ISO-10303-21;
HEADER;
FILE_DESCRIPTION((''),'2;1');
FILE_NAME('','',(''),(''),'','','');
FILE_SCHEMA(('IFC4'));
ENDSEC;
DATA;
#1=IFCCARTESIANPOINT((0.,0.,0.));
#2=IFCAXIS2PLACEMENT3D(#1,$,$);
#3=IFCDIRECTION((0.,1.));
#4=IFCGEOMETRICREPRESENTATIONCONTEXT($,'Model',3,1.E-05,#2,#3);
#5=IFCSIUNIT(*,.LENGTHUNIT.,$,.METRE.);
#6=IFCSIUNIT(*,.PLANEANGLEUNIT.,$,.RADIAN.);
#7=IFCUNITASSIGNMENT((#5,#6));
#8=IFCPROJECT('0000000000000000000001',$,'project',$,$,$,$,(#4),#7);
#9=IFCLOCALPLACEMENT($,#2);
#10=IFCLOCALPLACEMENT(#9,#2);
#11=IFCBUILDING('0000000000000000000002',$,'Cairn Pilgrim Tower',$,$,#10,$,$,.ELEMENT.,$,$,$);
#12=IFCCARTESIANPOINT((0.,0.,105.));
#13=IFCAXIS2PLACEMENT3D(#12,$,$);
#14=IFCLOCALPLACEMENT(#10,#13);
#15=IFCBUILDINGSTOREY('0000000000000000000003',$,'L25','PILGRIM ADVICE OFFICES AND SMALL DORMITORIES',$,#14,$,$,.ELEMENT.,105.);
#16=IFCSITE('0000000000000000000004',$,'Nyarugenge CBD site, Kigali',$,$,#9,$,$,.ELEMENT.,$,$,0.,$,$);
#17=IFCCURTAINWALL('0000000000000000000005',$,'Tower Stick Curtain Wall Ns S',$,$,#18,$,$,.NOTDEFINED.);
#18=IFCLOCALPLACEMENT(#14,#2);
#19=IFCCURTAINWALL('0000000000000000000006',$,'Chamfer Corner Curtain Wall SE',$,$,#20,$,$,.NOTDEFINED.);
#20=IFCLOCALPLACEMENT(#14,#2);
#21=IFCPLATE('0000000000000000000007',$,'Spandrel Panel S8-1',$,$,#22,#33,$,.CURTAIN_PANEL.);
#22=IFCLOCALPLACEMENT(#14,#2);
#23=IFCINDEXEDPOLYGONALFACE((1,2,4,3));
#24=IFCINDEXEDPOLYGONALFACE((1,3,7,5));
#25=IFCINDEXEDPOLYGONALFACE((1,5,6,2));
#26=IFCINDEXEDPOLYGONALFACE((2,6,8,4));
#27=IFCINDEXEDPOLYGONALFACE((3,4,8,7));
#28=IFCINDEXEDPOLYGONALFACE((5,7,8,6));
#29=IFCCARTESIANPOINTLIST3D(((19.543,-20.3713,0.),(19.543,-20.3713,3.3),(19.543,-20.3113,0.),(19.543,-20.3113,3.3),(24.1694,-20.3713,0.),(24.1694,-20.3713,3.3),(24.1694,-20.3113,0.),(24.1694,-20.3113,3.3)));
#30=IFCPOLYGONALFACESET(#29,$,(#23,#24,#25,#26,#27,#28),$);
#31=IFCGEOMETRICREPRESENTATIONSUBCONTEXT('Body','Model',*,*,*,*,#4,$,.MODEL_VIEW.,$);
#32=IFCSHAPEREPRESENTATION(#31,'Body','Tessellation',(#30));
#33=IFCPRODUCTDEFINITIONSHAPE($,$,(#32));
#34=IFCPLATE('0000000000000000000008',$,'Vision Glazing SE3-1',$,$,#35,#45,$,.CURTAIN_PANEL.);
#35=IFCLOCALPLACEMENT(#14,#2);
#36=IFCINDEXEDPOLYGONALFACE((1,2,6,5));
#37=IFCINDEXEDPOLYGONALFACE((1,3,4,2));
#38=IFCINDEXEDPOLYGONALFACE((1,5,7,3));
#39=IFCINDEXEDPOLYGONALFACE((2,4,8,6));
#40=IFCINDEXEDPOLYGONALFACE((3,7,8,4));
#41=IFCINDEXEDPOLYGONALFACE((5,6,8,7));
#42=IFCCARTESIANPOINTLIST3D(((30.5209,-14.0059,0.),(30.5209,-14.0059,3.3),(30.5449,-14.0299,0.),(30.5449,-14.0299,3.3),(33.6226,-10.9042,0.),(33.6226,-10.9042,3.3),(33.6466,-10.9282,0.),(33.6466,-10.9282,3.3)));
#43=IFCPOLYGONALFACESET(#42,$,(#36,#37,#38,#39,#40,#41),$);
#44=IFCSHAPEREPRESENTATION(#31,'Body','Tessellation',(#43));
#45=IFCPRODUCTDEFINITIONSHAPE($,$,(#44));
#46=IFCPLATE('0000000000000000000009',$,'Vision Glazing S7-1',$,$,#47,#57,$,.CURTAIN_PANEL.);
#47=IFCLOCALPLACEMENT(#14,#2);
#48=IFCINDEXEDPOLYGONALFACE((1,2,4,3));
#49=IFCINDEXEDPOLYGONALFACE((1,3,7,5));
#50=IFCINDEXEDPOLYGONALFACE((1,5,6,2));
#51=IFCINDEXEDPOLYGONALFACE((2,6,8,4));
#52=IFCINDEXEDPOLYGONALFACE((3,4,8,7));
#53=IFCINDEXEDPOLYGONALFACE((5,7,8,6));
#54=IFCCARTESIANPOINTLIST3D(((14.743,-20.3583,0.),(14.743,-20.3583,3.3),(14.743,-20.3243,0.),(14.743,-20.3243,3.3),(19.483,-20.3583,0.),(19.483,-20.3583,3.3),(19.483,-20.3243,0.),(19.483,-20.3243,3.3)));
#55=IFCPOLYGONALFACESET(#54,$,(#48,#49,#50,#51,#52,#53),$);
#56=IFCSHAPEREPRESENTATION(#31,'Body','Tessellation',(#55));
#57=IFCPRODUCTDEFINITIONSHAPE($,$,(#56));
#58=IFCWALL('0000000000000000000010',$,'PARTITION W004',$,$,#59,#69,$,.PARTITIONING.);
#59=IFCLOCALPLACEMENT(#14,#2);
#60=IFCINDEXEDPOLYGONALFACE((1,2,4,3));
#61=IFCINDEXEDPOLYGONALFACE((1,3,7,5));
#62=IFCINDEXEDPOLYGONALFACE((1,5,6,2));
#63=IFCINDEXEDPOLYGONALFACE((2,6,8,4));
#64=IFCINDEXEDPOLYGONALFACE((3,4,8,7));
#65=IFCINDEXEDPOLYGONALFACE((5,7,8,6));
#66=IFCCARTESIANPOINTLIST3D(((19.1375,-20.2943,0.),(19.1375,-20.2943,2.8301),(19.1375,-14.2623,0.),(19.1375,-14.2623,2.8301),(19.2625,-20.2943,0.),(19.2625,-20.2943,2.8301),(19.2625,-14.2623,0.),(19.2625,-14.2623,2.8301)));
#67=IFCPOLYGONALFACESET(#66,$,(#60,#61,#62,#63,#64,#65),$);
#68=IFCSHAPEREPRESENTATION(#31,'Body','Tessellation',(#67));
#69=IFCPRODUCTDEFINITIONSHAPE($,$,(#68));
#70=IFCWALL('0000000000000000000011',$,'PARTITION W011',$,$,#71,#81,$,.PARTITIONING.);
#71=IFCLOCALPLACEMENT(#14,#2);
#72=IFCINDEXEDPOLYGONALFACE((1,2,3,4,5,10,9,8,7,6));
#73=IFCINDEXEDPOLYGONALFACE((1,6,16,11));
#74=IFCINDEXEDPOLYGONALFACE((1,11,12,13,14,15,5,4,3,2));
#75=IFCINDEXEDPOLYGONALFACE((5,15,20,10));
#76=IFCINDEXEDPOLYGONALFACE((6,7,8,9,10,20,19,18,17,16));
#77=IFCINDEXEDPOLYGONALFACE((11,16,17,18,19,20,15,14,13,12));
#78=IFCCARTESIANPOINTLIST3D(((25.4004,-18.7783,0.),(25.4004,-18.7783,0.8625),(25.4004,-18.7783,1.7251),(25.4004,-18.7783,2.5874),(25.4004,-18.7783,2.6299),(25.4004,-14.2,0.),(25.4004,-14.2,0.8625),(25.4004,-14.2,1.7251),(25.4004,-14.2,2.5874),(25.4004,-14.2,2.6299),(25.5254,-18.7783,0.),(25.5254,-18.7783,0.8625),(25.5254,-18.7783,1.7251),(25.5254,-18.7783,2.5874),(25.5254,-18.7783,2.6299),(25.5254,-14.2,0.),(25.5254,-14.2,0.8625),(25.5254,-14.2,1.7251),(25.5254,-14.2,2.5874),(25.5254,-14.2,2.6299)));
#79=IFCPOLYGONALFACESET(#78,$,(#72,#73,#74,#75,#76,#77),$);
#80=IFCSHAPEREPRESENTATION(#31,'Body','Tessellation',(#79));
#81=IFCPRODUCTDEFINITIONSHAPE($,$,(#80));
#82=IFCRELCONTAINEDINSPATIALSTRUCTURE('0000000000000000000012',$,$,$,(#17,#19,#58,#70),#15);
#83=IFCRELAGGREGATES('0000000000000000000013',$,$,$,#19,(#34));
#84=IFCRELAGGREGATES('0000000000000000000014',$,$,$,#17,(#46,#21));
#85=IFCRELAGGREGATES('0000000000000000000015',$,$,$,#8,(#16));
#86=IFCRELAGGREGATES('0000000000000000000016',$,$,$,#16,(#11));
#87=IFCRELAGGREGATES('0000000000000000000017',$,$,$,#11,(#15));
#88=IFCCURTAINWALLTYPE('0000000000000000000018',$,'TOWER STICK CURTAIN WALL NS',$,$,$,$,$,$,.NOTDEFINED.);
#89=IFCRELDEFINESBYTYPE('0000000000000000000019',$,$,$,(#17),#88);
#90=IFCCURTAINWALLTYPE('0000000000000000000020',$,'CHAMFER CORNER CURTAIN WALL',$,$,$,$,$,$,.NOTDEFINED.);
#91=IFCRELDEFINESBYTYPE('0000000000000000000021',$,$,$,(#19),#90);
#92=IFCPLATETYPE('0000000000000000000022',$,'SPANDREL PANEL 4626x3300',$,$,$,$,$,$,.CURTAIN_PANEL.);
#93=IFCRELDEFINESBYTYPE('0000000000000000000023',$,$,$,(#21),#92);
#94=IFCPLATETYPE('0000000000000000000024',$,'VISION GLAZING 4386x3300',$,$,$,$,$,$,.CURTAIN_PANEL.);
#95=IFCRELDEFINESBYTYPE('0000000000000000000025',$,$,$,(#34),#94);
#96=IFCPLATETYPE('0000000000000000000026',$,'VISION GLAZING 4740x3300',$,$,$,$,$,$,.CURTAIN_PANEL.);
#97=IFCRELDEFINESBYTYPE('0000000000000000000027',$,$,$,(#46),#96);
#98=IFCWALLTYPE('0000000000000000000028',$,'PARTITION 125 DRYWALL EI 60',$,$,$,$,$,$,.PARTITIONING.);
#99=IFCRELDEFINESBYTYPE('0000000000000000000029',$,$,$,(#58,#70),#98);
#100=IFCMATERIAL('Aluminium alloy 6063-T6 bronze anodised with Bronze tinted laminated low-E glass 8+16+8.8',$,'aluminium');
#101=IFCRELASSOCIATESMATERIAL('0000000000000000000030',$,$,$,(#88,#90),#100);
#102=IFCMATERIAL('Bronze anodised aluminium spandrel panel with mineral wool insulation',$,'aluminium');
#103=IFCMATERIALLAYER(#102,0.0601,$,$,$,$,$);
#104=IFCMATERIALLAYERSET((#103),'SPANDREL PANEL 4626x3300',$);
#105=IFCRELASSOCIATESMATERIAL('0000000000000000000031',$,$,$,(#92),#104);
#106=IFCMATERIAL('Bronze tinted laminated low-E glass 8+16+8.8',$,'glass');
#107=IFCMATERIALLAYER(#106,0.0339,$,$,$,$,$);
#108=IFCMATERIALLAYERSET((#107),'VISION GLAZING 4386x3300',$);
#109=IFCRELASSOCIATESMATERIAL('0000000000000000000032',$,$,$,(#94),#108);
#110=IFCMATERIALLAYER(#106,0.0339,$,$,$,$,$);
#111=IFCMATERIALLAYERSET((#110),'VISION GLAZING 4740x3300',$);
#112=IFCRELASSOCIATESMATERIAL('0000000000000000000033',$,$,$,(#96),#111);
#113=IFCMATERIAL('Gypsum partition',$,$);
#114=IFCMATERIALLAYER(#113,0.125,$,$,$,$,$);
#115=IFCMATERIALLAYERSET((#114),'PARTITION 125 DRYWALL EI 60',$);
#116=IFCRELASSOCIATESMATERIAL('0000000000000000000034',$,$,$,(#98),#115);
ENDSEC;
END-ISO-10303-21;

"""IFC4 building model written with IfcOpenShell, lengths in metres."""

from ifc_helpers import new_model, si_unit, direction, frame, frame_2d, origin, origin_2d, place, context, subcontext, project, spatial, polyline, rectangle, outline, extrude, material, layer, layer_set, type_object, element, aggregate, save


model = new_model("IFC4")

# Units and contexts
model_context = context("Model", 3, precision=1e-05, world=origin(), true_north=direction((0.0, 1.0)))
body_context = subcontext(model_context, "Body", "Model", "MODEL_VIEW")
ifc_project = project(units=[si_unit("LENGTHUNIT", "METRE"), si_unit("PLANEANGLEUNIT", "RADIAN")], contexts=[model_context])

# Site, building, storey
site_placement = place(None, origin())
site = spatial("IfcSite", under=ifc_project, at=site_placement, Name="Nyarugenge CBD site, Kigali", CompositionType="ELEMENT", RefElevation=0.0)
building_placement = place(site_placement, origin())
building = spatial("IfcBuilding", under=site, at=building_placement, Name="Cairn Pilgrim Tower", CompositionType="ELEMENT")
storey_placement = place(building_placement, frame((0.0, 0.0, 105.0)))
storey = spatial("IfcBuildingStorey", under=building, at=storey_placement, Name="L25", Description="PILGRIM ADVICE OFFICES AND SMALL DORMITORIES", CompositionType="ELEMENT", Elevation=105.0)

# Curtain wall
ifc_material_1 = material(Name="Aluminium alloy 6063-T6 bronze anodised with Bronze tinted laminated low-E glass 8+16+8.8", Category="aluminium")
curtain_wall_type_1 = type_object("IfcCurtainWallType", Name="TOWER STICK CURTAIN WALL NS", PredefinedType="NOTDEFINED", material=ifc_material_1)
curtain_wall_1_placement = place(storey_placement, origin())
curtain_wall_1 = element("IfcCurtainWall", 1, at=curtain_wall_1_placement, inside=storey, type_object=curtain_wall_type_1, Name="Tower Stick Curtain Wall Ns S", PredefinedType="NOTDEFINED")

# Curtain wall
curtain_wall_type_2 = type_object("IfcCurtainWallType", Name="CHAMFER CORNER CURTAIN WALL", PredefinedType="NOTDEFINED", material=ifc_material_1)
curtain_wall_2_placement = place(storey_placement, origin())
curtain_wall_2 = element("IfcCurtainWall", 2, at=curtain_wall_2_placement, inside=storey, type_object=curtain_wall_type_2, Name="Chamfer Corner Curtain Wall SE", PredefinedType="NOTDEFINED")

# Plates
ifc_material_2 = material(Name="Bronze anodised aluminium spandrel panel with mineral wool insulation", Category="aluminium")
ifc_layer_1 = layer(ifc_material_2, 0.0601)
ifc_layer_set_1 = layer_set([ifc_layer_1], Name="SPANDREL PANEL 4626x3300")
plate_type_1 = type_object("IfcPlateType", Name="SPANDREL PANEL 4626x3300", PredefinedType="CURTAIN_PANEL", material=ifc_layer_set_1)
plate_1_placement = place(storey_placement, frame((21.8562, -20.3413, 0.0), z_axis=(0.0, 0.0, 1.0), x_axis=(1.0, 0.0, 0.0)))
plate_1 = element("IfcPlate", 3, at=plate_1_placement, type_object=plate_type_1, Name="Spandrel Panel S8-1", PredefinedType="CURTAIN_PANEL", context=body_context, shape_type="SweptSolid", body=[
    extrude(rectangle(XDim=4.6265, YDim=0.0601, at=origin_2d()), origin(), (0.0, 0.0, 1.0), 3.3),
])
ifc_material_3 = material(Name="Bronze tinted laminated low-E glass 8+16+8.8", Category="glass")
ifc_layer_2 = layer(ifc_material_3, 0.0339)
ifc_layer_set_2 = layer_set([ifc_layer_2], Name="VISION GLAZING 4386x3300")
plate_type_2 = type_object("IfcPlateType", Name="VISION GLAZING 4386x3300", PredefinedType="CURTAIN_PANEL", material=ifc_layer_set_2)
plate_2_placement = place(storey_placement, frame((32.0837, -12.467, 0.0), z_axis=(0.0, 0.0, 1.0), x_axis=(0.707107, 0.707107, 0.0)))
plate_2 = element("IfcPlate", 4, at=plate_2_placement, type_object=plate_type_2, Name="Vision Glazing SE3-1", PredefinedType="CURTAIN_PANEL", context=body_context, shape_type="SweptSolid", body=[
    extrude(rectangle(XDim=4.3865, YDim=0.0339, at=origin_2d()), origin(), (0.0, 0.0, 1.0), 3.3),
])
aggregate(curtain_wall_2, [plate_2])
ifc_layer_3 = layer(ifc_material_3, 0.0339)
ifc_layer_set_3 = layer_set([ifc_layer_3], Name="VISION GLAZING 4740x3300")
plate_type_3 = type_object("IfcPlateType", Name="VISION GLAZING 4740x3300", PredefinedType="CURTAIN_PANEL", material=ifc_layer_set_3)
plate_3_placement = place(storey_placement, frame((17.113, -20.3413, 0.0), z_axis=(0.0, 0.0, 1.0), x_axis=(1.0, 0.0, 0.0)))
plate_3 = element("IfcPlate", 5, at=plate_3_placement, type_object=plate_type_3, Name="Vision Glazing S7-1", PredefinedType="CURTAIN_PANEL", context=body_context, shape_type="SweptSolid", body=[
    extrude(rectangle(XDim=4.74, YDim=0.0339, at=origin_2d()), origin(), (0.0, 0.0, 1.0), 3.3),
])
aggregate(curtain_wall_1, [plate_3, plate_1])

# Walls
ifc_material_4 = material(Name="Gypsum partition")
ifc_layer_4 = layer(ifc_material_4, 0.125)
ifc_layer_set_4 = layer_set([ifc_layer_4], Name="PARTITION 125 DRYWALL EI 60")
wall_type = type_object("IfcWallType", Name="PARTITION 125 DRYWALL EI 60", PredefinedType="PARTITIONING", material=ifc_layer_set_4)
wall_1_placement = place(storey_placement, frame((19.2, -20.2944, 0.0), z_axis=(0.0, 0.0, 1.0), x_axis=(0.0, 1.0, 0.0)))
element("IfcWall", 6, at=wall_1_placement, inside=storey, type_object=wall_type, Name="PARTITION W004", PredefinedType="PARTITIONING", context=body_context, shape_type="SweptSolid", body=[
    extrude(rectangle(XDim=6.032, YDim=0.125, at=frame_2d((3.0161, 0.0))), origin(), (0.0, 0.0, 1.0), 2.8301),
])
wall_2_placement = place(storey_placement, frame((25.4629, -18.7783, 0.0), z_axis=(0.0, 0.0, 1.0), x_axis=(0.0, 1.0, 0.0)))
element("IfcWall", 7, at=wall_2_placement, inside=storey, type_object=wall_type, Name="PARTITION W011", PredefinedType="PARTITIONING", context=body_context, shape_type="SweptSolid", body=[
    extrude(outline(polyline([(0.0, 0.0), (4.5784, 0.0), (4.5784, 0.8625), (4.5784, 1.7251), (4.5784, 2.5874), (4.5784, 2.6299), (0.0, 2.6299), (0.0, 2.5874), (0.0, 1.7251), (0.0, 0.8625), (0.0, 0.0)])), frame((0.0, 0.0625, 0.0), z_axis=(0.0, -1.0, 0.0), x_axis=(1.0, 0.0, 0.0)), (0.0, 0.0, 1.0), 0.125),
])

save(model, "model.ifc")
